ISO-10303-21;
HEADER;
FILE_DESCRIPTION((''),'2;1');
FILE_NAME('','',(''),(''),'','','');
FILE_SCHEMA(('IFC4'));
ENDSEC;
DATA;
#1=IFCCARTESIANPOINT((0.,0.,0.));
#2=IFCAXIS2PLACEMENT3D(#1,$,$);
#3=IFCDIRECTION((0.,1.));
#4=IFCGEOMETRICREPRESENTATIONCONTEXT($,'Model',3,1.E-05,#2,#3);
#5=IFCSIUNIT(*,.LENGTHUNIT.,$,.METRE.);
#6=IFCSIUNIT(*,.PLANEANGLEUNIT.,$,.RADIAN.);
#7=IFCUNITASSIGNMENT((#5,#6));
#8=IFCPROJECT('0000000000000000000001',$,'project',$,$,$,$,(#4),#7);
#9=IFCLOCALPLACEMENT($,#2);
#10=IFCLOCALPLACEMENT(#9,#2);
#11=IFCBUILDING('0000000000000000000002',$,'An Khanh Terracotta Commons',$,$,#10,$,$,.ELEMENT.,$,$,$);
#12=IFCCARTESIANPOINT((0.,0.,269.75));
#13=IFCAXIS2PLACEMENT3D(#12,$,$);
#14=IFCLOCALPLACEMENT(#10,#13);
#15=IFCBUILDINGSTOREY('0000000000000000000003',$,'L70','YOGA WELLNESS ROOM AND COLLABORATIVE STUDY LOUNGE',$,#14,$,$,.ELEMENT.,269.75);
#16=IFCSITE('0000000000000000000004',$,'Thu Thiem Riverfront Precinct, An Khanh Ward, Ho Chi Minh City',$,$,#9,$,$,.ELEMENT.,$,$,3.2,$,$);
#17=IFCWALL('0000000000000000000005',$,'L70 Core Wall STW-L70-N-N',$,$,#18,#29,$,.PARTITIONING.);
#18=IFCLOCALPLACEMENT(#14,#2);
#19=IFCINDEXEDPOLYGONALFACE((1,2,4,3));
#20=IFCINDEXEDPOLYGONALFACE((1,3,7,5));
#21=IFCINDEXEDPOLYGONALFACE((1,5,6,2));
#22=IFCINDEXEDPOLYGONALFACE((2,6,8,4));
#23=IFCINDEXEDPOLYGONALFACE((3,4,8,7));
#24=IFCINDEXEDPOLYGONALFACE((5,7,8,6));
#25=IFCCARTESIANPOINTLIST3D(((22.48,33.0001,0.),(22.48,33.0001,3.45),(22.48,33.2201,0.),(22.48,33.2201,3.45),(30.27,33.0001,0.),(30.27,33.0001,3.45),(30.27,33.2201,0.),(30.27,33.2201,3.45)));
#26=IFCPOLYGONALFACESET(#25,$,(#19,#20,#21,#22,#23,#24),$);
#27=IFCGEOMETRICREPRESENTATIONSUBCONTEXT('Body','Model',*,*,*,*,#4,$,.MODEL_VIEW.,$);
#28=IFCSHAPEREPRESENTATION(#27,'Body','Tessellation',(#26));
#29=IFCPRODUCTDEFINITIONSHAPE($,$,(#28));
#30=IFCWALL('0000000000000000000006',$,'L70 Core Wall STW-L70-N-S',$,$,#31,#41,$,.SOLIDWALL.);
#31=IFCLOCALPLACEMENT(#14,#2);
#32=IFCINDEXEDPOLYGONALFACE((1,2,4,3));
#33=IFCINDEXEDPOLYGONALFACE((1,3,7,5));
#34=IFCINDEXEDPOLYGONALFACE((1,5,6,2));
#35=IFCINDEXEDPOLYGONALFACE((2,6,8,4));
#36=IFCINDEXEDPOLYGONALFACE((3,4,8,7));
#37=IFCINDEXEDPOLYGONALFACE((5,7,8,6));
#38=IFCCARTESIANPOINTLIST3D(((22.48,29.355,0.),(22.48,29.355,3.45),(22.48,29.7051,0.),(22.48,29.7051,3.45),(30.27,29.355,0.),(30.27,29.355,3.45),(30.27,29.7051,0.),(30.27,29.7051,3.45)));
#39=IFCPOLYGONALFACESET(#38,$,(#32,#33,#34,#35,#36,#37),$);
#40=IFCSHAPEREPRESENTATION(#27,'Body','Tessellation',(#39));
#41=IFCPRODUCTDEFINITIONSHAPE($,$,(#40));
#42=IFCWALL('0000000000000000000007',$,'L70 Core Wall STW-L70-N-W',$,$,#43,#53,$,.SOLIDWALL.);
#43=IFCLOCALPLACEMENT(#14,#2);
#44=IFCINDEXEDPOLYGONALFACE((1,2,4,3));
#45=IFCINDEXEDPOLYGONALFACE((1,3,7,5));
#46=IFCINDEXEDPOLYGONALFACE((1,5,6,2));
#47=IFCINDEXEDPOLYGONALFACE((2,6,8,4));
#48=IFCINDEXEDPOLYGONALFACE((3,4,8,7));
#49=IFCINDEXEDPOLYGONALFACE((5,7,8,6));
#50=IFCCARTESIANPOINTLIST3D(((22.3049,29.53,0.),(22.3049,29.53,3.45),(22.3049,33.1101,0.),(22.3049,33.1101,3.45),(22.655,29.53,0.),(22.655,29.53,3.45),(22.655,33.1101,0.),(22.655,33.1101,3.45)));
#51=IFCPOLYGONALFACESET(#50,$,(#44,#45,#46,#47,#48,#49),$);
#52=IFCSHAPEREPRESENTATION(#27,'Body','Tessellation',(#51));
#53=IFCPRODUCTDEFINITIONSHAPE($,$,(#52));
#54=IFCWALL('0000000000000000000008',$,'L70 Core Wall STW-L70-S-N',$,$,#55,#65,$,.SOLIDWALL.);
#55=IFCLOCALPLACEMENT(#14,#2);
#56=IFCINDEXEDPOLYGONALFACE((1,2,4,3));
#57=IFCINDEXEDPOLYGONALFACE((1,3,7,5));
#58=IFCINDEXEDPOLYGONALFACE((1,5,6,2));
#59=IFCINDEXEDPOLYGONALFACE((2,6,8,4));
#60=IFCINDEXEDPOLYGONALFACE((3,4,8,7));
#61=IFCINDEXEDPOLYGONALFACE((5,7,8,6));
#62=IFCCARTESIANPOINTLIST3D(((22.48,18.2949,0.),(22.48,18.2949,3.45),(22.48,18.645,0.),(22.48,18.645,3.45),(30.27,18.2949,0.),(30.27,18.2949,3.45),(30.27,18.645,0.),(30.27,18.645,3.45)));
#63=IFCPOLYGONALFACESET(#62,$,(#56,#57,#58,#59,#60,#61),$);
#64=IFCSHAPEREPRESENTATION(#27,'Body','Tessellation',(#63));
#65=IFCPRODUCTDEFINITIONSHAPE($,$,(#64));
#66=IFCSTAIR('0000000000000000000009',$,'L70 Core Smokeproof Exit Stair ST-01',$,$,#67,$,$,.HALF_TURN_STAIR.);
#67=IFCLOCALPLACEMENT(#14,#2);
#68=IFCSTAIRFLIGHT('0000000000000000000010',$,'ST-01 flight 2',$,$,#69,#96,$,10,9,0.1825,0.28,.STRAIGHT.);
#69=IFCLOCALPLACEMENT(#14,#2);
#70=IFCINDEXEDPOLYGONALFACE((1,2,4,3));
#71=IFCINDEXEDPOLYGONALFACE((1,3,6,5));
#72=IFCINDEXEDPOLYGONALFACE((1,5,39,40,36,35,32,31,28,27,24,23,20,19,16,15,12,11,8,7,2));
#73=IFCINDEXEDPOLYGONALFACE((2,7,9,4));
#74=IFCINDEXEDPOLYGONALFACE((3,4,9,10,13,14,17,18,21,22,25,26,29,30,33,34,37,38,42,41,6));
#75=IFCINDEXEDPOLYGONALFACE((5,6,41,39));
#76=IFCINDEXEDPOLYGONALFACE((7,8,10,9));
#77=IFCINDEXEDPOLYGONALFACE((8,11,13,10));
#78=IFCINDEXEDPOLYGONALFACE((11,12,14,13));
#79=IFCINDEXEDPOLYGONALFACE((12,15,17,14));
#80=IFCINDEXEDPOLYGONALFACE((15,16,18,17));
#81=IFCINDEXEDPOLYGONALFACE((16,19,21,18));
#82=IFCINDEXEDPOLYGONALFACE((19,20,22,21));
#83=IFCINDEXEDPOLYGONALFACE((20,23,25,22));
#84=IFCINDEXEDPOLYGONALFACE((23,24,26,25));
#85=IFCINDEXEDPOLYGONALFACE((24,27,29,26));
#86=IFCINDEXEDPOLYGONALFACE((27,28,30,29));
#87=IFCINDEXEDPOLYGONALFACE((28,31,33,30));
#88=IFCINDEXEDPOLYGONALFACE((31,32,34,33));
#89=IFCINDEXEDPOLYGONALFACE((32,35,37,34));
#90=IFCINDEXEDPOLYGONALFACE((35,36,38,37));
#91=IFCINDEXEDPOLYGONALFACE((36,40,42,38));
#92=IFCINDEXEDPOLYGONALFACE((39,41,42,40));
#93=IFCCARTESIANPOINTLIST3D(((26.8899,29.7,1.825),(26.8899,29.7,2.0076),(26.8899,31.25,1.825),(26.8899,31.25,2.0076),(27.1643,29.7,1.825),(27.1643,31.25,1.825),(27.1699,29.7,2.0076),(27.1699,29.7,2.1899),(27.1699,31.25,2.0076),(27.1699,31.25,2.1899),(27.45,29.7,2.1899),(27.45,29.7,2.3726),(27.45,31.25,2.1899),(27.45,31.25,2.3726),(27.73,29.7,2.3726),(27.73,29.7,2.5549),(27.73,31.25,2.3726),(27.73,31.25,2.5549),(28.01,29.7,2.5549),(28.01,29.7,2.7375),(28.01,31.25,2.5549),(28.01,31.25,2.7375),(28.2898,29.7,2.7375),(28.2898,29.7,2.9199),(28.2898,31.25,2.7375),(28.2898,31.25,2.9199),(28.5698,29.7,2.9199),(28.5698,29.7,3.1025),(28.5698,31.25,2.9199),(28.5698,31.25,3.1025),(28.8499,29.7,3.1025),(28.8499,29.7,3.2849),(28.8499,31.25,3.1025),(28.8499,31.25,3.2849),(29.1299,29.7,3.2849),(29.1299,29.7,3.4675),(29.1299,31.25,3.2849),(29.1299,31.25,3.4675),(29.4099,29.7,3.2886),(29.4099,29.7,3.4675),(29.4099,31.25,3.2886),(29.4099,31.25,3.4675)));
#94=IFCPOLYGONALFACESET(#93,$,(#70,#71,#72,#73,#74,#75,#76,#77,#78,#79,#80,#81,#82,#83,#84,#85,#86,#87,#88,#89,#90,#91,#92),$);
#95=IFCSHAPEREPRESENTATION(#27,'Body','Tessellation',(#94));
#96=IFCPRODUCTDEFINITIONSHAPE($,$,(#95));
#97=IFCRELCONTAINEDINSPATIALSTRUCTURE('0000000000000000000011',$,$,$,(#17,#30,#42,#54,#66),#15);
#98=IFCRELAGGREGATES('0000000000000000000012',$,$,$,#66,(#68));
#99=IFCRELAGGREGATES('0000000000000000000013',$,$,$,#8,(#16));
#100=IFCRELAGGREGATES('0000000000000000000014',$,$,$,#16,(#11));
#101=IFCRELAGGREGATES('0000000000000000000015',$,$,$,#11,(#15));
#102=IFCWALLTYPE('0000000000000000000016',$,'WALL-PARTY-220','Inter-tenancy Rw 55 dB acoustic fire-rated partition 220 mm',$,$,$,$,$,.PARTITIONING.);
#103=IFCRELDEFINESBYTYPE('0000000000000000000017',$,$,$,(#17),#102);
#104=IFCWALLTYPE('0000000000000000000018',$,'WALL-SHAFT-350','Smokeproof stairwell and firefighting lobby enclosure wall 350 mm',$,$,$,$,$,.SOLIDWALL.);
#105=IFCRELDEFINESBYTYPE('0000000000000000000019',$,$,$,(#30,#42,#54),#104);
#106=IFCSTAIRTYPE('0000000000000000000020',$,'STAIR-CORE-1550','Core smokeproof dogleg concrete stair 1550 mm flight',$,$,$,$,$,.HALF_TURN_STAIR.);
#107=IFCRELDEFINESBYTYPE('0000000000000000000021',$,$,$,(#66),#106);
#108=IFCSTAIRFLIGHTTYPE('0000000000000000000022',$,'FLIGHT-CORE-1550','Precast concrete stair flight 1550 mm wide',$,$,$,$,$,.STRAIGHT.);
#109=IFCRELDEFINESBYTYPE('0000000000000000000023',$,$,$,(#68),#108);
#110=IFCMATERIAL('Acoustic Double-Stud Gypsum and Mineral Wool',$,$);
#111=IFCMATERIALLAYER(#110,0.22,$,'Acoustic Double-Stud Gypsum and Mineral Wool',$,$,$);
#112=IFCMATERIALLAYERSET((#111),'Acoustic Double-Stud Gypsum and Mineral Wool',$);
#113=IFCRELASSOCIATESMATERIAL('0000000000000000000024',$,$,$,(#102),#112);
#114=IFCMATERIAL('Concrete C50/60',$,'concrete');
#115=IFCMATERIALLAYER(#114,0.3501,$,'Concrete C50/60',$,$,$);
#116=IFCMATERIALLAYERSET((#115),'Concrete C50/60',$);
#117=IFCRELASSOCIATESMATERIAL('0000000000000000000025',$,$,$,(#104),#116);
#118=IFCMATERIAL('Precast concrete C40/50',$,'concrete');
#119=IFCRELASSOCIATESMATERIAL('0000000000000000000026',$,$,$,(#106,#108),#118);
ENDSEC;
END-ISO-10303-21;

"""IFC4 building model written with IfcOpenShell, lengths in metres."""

from ifc_helpers import new_model, si_unit, direction, frame, frame_2d, origin, place, context, subcontext, project, spatial, polyline, rectangle, outline, extrude, material, layer, layer_set, type_object, element, aggregate, save


model = new_model("IFC4")

# Units and contexts
model_context = context("Model", 3, precision=1e-05, world=origin(), true_north=direction((0.0, 1.0)))
body_context = subcontext(model_context, "Body", "Model", "MODEL_VIEW")
ifc_project = project(units=[si_unit("LENGTHUNIT", "METRE"), si_unit("PLANEANGLEUNIT", "RADIAN")], contexts=[model_context])

# Site, building, storey
site_placement = place(None, origin())
site = spatial("IfcSite", under=ifc_project, at=site_placement, Name="Thu Thiem Riverfront Precinct, An Khanh Ward, Ho Chi Minh City", CompositionType="ELEMENT", RefElevation=3.2)
building_placement = place(site_placement, origin())
building = spatial("IfcBuilding", under=site, at=building_placement, Name="An Khanh Terracotta Commons", CompositionType="ELEMENT")
storey_placement = place(building_placement, frame((0.0, 0.0, 269.75)))
storey = spatial("IfcBuildingStorey", under=building, at=storey_placement, Name="L70", Description="YOGA WELLNESS ROOM AND COLLABORATIVE STUDY LOUNGE", CompositionType="ELEMENT", Elevation=269.75)

# Shared definitions
ifc_material_1 = material(Name="Concrete C50/60", Category="concrete")

# Shared definitions
ifc_material_2 = material(Name="Precast concrete C40/50", Category="concrete")

# Walls
ifc_material_3 = material(Name="Acoustic Double-Stud Gypsum and Mineral Wool")
ifc_layer_1 = layer(ifc_material_3, 0.22, Name="Acoustic Double-Stud Gypsum and Mineral Wool")
ifc_layer_set_1 = layer_set([ifc_layer_1], Name="Acoustic Double-Stud Gypsum and Mineral Wool")
wall_type_1 = type_object("IfcWallType", Name="WALL-PARTY-220", Description="Inter-tenancy Rw 55 dB acoustic fire-rated partition 220 mm", PredefinedType="PARTITIONING", material=ifc_layer_set_1)
wall_1_placement = place(storey_placement, frame((22.48, 33.1101, 0.0), z_axis=(0.0, 0.0, 1.0), x_axis=(1.0, 0.0, 0.0)))
element("IfcWall", 1, at=wall_1_placement, inside=storey, type_object=wall_type_1, Name="L70 Core Wall STW-L70-N-N", PredefinedType="PARTITIONING", context=body_context, shape_type="SweptSolid", body=[
    extrude(rectangle(XDim=7.79, YDim=0.22, at=frame_2d((3.895, 0.0))), origin(), (0.0, 0.0, 1.0), 3.45),
])
ifc_layer_2 = layer(ifc_material_1, 0.3501, Name="Concrete C50/60")
ifc_layer_set_2 = layer_set([ifc_layer_2], Name="Concrete C50/60")
wall_type_2 = type_object("IfcWallType", Name="WALL-SHAFT-350", Description="Smokeproof stairwell and firefighting lobby enclosure wall 350 mm", PredefinedType="SOLIDWALL", material=ifc_layer_set_2)
wall_2_placement = place(storey_placement, frame((22.48, 29.53, 0.0), z_axis=(0.0, 0.0, 1.0), x_axis=(1.0, 0.0, 0.0)))
element("IfcWall", 2, at=wall_2_placement, inside=storey, type_object=wall_type_2, Name="L70 Core Wall STW-L70-N-S", PredefinedType="SOLIDWALL", context=body_context, shape_type="SweptSolid", body=[
    extrude(rectangle(XDim=7.79, YDim=0.3501, at=frame_2d((3.895, 0.0))), origin(), (0.0, 0.0, 1.0), 3.45),
])
wall_3_placement = place(storey_placement, frame((22.48, 29.53, 0.0), z_axis=(0.0, 0.0, 1.0), x_axis=(0.0, 1.0, 0.0)))
element("IfcWall", 3, at=wall_3_placement, inside=storey, type_object=wall_type_2, Name="L70 Core Wall STW-L70-N-W", PredefinedType="SOLIDWALL", context=body_context, shape_type="SweptSolid", body=[
    extrude(rectangle(XDim=3.5801, YDim=0.3501, at=frame_2d((1.79, 0.0))), origin(), (0.0, 0.0, 1.0), 3.45),
])
wall_4_placement = place(storey_placement, frame((22.48, 18.47, 0.0), z_axis=(0.0, 0.0, 1.0), x_axis=(1.0, 0.0, 0.0)))
element("IfcWall", 4, at=wall_4_placement, inside=storey, type_object=wall_type_2, Name="L70 Core Wall STW-L70-S-N", PredefinedType="SOLIDWALL", context=body_context, shape_type="SweptSolid", body=[
    extrude(rectangle(XDim=7.79, YDim=0.3501, at=frame_2d((3.895, 0.0))), origin(), (0.0, 0.0, 1.0), 3.45),
])

# Stair, stair flight
stair_type = type_object("IfcStairType", Name="STAIR-CORE-1550", Description="Core smokeproof dogleg concrete stair 1550 mm flight", PredefinedType="HALF_TURN_STAIR", material=ifc_material_2)
stair_placement = place(storey_placement, origin())
stair = element("IfcStair", 5, at=stair_placement, inside=storey, type_object=stair_type, Name="L70 Core Smokeproof Exit Stair ST-01", PredefinedType="HALF_TURN_STAIR")
stair_flight_type = type_object("IfcStairFlightType", Name="FLIGHT-CORE-1550", Description="Precast concrete stair flight 1550 mm wide", PredefinedType="STRAIGHT", material=ifc_material_2)
stair_flight_placement = place(storey_placement, frame((26.8899, 30.4751, 1.825), z_axis=(0.0, 0.0, 1.0), x_axis=(1.0, 0.0, 0.0)))
stair_flight = element("IfcStairFlight", 6, at=stair_flight_placement, type_object=stair_flight_type, Name="ST-01 flight 2", NumberOfRisers=10, NumberOfTreads=9, PredefinedType="STRAIGHT", RiserHeight=0.1825, TreadLength=0.28, context=body_context, shape_type="SweptSolid", body=[
    extrude(outline(polyline([(0.0, 0.0), (0.0, 0.1826), (0.28, 0.1826), (0.28, 0.365), (0.5601, 0.365), (0.5601, 0.5476), (0.8401, 0.5476), (0.8401, 0.73), (1.1201, 0.73), (1.1201, 0.9126), (1.3999, 0.9126), (1.3999, 1.095), (1.6799, 1.095), (1.6799, 1.2776), (1.96, 1.2776), (1.96, 1.46), (2.24, 1.46), (2.24, 1.6426), (2.52, 1.6426), (2.52, 1.825), (2.52, 1.4636), (0.2744, 0.0), (0.0, 0.0)])), frame((0.0, 0.7749, 0.0), z_axis=(0.0, -1.0, 0.0), x_axis=(1.0, 0.0, 0.0)), (0.0, 0.0, 1.0), 1.55),
])
aggregate(stair, [stair_flight])

save(model, "model.ifc")
